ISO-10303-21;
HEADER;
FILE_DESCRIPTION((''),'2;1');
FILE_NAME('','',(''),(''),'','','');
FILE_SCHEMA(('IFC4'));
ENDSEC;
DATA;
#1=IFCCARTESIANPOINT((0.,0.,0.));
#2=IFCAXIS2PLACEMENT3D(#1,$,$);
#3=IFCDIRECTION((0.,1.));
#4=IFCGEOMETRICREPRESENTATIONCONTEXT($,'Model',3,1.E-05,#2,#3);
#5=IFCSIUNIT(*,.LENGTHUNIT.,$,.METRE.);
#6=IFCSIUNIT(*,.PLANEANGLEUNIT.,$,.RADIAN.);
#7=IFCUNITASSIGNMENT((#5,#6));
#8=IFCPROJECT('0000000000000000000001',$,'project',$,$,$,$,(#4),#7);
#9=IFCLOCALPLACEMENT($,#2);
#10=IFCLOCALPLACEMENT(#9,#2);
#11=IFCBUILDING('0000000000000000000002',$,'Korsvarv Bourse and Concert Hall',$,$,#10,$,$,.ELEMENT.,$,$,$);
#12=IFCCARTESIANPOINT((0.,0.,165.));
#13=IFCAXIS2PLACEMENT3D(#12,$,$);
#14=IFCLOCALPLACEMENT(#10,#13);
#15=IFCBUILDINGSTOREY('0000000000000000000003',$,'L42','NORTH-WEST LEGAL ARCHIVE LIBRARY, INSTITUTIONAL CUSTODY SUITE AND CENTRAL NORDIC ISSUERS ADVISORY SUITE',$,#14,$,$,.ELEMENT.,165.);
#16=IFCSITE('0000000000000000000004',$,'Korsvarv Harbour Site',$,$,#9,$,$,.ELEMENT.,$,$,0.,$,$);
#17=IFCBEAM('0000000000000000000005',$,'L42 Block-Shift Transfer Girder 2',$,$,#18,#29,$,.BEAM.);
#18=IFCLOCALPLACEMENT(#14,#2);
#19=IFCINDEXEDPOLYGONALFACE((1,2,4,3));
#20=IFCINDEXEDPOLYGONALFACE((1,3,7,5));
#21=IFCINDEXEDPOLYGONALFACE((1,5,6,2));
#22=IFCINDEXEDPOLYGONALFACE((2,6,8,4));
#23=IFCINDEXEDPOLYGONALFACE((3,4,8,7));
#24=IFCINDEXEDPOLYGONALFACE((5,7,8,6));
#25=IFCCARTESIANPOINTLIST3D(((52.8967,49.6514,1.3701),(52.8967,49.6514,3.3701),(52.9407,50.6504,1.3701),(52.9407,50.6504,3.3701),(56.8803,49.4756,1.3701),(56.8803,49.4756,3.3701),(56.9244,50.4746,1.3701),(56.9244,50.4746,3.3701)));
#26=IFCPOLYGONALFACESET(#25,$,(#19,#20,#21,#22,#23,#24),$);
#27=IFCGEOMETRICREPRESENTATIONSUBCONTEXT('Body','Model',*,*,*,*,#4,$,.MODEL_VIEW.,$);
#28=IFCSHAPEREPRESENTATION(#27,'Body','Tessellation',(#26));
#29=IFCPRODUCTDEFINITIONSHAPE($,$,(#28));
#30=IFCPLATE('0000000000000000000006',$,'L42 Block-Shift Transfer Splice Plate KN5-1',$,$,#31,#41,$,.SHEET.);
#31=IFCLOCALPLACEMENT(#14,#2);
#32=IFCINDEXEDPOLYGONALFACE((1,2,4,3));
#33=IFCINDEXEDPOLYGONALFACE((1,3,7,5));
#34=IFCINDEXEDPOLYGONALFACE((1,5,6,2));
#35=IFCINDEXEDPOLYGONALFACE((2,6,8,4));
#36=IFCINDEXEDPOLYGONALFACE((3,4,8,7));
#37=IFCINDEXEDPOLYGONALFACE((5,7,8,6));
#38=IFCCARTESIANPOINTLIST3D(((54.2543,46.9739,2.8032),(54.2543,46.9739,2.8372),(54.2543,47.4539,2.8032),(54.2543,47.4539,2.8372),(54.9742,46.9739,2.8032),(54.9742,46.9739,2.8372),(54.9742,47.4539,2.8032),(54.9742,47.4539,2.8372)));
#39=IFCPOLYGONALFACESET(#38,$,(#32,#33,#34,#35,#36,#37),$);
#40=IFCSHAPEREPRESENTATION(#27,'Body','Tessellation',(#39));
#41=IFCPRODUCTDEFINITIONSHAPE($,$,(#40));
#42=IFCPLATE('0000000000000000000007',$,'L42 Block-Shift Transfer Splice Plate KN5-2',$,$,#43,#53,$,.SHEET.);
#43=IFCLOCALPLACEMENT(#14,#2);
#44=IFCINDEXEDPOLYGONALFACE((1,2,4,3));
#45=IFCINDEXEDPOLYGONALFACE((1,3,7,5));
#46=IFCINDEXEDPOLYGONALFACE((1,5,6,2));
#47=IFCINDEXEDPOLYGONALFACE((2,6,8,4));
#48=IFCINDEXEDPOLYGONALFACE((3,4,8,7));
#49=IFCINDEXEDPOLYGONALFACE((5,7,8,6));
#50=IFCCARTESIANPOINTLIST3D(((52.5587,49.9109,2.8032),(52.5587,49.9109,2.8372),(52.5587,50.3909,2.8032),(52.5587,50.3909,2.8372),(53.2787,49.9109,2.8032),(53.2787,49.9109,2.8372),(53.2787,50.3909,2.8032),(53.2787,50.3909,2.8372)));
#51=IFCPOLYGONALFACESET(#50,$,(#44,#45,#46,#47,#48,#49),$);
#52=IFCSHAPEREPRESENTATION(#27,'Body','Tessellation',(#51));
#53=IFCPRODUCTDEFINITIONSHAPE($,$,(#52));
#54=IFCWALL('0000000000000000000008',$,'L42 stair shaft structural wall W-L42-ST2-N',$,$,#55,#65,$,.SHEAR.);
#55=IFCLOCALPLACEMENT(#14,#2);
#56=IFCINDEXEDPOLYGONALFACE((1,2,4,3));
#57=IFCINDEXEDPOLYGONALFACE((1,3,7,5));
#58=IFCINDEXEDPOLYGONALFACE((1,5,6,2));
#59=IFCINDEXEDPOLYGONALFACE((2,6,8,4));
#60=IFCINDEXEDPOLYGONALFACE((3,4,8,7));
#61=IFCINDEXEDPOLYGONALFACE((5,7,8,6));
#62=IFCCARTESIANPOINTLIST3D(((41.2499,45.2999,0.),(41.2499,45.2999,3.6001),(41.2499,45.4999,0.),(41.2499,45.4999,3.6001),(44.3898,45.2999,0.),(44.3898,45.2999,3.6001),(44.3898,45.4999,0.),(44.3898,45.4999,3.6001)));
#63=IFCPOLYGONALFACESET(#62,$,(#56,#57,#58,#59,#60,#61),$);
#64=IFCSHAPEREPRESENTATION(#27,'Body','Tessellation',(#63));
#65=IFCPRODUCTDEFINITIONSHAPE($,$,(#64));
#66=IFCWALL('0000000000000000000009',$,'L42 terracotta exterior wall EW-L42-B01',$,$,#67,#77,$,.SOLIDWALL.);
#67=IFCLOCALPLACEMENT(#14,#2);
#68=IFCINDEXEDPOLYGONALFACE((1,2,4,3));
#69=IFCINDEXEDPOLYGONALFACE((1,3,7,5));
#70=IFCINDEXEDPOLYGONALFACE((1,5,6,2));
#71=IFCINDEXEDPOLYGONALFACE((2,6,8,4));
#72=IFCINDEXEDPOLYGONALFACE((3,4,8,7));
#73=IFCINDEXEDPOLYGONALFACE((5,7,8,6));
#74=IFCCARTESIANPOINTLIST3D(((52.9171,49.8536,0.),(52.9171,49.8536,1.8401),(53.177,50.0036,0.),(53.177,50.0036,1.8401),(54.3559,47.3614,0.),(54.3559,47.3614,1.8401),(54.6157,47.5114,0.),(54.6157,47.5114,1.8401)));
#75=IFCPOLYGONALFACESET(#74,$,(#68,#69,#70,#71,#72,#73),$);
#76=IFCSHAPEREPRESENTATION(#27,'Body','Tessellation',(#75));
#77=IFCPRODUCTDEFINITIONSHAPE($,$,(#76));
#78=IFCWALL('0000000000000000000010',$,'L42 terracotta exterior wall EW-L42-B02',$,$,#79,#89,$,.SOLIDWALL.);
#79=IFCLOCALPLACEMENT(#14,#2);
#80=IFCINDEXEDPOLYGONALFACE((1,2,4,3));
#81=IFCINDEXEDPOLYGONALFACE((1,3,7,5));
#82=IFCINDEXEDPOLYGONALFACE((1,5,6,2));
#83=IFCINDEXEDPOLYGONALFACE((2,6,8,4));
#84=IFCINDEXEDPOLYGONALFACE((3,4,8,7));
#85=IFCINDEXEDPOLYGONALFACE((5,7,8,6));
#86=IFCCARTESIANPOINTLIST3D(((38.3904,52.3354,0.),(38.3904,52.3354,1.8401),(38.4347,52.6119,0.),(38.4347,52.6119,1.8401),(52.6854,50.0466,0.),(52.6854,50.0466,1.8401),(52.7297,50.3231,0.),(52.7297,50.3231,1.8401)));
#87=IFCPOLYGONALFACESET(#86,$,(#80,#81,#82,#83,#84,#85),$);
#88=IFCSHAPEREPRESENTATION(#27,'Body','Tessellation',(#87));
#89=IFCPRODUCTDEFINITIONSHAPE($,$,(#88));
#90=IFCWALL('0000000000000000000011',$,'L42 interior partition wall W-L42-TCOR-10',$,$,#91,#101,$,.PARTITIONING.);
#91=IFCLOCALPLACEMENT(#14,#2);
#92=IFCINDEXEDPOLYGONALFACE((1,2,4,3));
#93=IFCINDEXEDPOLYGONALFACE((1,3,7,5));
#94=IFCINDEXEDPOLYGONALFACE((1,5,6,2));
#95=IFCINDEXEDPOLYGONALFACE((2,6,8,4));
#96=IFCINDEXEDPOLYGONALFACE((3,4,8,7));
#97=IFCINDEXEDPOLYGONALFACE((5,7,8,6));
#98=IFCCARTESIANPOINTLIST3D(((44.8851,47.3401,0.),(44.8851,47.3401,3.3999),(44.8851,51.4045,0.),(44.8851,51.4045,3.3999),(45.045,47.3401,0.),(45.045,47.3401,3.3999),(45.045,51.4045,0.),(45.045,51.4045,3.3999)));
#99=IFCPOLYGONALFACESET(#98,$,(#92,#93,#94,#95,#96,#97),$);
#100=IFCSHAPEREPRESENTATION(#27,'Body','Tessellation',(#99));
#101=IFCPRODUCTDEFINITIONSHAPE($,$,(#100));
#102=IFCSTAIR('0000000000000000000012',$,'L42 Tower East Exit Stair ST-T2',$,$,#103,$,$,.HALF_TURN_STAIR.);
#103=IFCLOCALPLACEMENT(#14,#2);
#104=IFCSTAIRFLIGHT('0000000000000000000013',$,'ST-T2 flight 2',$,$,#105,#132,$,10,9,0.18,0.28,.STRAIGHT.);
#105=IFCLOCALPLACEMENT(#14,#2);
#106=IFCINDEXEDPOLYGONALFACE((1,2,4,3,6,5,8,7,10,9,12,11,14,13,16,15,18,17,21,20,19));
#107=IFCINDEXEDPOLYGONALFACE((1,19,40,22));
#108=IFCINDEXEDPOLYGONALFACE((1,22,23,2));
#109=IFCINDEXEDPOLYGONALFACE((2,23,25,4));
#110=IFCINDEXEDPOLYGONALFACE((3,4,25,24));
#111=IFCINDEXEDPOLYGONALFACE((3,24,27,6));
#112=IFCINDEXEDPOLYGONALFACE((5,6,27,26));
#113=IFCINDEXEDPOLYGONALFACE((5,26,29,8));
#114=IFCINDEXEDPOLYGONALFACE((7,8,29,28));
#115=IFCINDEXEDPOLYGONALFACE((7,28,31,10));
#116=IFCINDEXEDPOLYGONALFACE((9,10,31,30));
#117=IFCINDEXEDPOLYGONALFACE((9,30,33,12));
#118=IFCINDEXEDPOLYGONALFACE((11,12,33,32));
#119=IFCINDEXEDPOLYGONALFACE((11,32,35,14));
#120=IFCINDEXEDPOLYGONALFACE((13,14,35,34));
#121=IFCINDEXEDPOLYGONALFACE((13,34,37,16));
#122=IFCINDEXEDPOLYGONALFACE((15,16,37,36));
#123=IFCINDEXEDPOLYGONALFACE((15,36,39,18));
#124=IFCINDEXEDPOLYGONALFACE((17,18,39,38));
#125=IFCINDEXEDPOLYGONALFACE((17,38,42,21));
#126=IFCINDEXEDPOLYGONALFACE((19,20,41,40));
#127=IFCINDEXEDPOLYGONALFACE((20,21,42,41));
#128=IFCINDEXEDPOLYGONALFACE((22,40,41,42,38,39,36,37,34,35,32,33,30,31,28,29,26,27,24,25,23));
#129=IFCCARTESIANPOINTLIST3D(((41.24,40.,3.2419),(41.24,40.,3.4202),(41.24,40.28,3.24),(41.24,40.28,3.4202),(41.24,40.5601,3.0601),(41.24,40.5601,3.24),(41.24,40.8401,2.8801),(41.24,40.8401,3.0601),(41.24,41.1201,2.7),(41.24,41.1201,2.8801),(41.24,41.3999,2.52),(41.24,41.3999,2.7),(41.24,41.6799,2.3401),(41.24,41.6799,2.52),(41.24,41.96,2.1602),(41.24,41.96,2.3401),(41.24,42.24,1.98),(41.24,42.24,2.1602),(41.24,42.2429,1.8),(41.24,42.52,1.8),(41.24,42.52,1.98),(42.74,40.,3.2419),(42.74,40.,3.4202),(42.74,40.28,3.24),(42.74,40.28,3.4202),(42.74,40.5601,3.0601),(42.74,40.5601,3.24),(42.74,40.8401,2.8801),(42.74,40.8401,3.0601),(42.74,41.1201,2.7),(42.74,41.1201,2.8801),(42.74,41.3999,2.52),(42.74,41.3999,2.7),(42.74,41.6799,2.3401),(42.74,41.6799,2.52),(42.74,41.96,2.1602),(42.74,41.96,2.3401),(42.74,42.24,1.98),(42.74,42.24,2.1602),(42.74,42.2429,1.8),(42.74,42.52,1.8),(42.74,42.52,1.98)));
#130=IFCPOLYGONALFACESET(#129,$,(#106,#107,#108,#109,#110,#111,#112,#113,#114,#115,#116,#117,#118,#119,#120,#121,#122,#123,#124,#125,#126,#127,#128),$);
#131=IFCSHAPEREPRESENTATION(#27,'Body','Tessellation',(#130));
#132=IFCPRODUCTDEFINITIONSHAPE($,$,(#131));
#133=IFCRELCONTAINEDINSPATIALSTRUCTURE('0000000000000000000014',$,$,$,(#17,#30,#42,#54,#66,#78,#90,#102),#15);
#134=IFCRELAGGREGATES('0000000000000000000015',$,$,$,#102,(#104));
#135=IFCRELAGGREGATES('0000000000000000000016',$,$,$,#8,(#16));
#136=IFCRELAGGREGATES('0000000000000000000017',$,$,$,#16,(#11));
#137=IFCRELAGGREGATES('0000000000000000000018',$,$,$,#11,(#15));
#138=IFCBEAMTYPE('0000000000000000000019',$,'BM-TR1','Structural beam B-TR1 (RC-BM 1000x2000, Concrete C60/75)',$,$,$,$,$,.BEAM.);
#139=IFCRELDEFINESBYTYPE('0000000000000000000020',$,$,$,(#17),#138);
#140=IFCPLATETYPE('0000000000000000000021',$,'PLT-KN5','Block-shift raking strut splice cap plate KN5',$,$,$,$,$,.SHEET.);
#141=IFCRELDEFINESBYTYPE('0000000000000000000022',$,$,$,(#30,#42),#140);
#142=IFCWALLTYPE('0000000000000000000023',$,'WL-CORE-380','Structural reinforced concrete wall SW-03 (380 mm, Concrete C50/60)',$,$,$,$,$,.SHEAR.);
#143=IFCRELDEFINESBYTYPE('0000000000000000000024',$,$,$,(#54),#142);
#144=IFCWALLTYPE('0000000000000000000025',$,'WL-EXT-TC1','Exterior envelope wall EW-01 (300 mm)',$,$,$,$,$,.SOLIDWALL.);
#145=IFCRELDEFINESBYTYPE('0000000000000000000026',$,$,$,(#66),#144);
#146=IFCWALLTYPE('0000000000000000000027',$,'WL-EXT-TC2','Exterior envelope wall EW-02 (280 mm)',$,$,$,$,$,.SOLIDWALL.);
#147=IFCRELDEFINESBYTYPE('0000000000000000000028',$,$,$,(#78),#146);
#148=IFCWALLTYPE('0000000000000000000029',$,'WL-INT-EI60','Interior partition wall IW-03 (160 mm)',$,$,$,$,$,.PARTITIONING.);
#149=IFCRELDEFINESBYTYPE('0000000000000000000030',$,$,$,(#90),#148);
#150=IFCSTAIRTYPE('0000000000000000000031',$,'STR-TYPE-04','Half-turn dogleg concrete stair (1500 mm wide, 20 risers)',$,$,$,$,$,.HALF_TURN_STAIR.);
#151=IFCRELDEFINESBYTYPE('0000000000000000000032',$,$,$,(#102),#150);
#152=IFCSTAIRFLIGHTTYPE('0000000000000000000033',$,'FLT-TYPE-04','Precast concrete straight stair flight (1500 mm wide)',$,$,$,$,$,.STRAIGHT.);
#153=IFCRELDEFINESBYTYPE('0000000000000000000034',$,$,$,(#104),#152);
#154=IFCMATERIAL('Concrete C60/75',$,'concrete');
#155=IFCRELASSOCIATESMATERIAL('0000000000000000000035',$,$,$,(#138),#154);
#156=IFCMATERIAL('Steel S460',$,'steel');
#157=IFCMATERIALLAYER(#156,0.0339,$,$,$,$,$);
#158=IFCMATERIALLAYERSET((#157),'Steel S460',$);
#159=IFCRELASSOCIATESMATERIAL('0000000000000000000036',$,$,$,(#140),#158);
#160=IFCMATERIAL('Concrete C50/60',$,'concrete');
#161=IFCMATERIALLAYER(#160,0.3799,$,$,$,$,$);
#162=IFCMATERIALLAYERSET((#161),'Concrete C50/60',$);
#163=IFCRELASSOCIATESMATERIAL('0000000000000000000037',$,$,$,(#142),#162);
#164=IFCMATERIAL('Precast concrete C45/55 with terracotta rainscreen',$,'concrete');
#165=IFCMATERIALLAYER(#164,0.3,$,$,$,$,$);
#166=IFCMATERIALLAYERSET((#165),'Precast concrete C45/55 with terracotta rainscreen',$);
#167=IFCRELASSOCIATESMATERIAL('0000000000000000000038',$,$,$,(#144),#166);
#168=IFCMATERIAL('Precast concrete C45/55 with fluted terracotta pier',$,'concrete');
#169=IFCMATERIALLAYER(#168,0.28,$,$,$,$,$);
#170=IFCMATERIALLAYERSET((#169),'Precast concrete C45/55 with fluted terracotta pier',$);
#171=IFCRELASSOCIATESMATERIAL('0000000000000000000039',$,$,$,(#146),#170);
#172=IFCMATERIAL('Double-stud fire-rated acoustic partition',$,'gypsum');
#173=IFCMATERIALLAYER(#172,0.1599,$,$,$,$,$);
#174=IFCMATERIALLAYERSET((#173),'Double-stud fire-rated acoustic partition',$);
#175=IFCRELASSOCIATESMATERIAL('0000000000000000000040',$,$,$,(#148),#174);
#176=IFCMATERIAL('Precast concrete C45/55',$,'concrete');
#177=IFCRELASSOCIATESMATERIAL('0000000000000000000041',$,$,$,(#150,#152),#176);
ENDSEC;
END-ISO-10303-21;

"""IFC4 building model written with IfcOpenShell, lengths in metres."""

from ifc_helpers import new_model, si_unit, direction, frame, frame_2d, origin, origin_2d, place, context, subcontext, project, spatial, polyline, rectangle, outline, extrude, source, transform, mapped, material, layer, layer_set, material_profile, profile_set, type_object, element, aggregate, save


model = new_model("IFC4")

# Units and contexts
model_context = context("Model", 3, precision=1e-05, world=origin(), true_north=direction((0.0, 1.0)))
body_context = subcontext(model_context, "Body", "Model", "MODEL_VIEW")
ifc_project = project(units=[si_unit("LENGTHUNIT", "METRE"), si_unit("PLANEANGLEUNIT", "RADIAN")], contexts=[model_context])

# Site, building, storey
site_placement = place(None, origin())
site = spatial("IfcSite", under=ifc_project, at=site_placement, Name="Korsvarv Harbour Site", CompositionType="ELEMENT", RefElevation=0.0)
building_placement = place(site_placement, origin())
building = spatial("IfcBuilding", under=site, at=building_placement, Name="Korsvarv Bourse and Concert Hall", CompositionType="ELEMENT")
storey_placement = place(building_placement, frame((0.0, 0.0, 165.0)))
storey = spatial("IfcBuildingStorey", under=building, at=storey_placement, Name="L42", Description="NORTH-WEST LEGAL ARCHIVE LIBRARY, INSTITUTIONAL CUSTODY SUITE AND CENTRAL NORDIC ISSUERS ADVISORY SUITE", CompositionType="ELEMENT", Elevation=165.0)

# Shared definitions
ifc_material_1 = material(Name="Concrete C60/75", Category="concrete")

# Beam
ifc_material_2 = material(Name="Concrete C50/60", Category="concrete")
ifc_material_profile_1 = material_profile(ifc_material_1, rectangle(XDim=1.0, YDim=2.0, at=origin_2d()), Name="RC-BM 1000x2000")
ifc_profile_set_1 = profile_set([ifc_material_profile_1], Name="Concrete C60/75")
beam_type_1 = type_object("IfcBeamType", Name="BM-TR1", Description="Structural beam B-TR1 (RC-BM 1000x2000, Concrete C60/75)", PredefinedType="BEAM", material=ifc_profile_set_1)
shared_shape_1 = source(origin(), body_context, "Body", "SweptSolid", [
    extrude(rectangle(XDim=1.0, YDim=2.0, at=origin_2d()), origin(), (0.0, 0.0, 1.0), 3.9875),
])
beam_1_placement = place(storey_placement, frame((52.9187, 50.1509, 2.3701), z_axis=(0.999028, -0.044083, 0.0), x_axis=(0.044083, 0.999028, 0.0)))
element("IfcBeam", 1, at=beam_1_placement, inside=storey, type_object=beam_type_1, Name="L42 Block-Shift Transfer Girder 2", PredefinedType="BEAM", context=body_context, shape_type="MappedRepresentation", body=[
    mapped(shared_shape_1, transform((0.0, 0.0, 0.0), scale=1.0)),
])

# Plates
ifc_material_3 = material(Name="Steel S460", Category="steel")
ifc_layer_1 = layer(ifc_material_3, 0.0339)
ifc_layer_set_1 = layer_set([ifc_layer_1], Name="Steel S460")
plate_type = type_object("IfcPlateType", Name="PLT-KN5", Description="Block-shift raking strut splice cap plate KN5", PredefinedType="SHEET", material=ifc_layer_set_1)
shared_shape_2 = source(origin(), body_context, "Body", "SweptSolid", [
    extrude(rectangle(XDim=0.72, YDim=0.48, at=origin_2d()), origin(), (0.0, 0.0, 1.0), 0.0339),
])
for number, where, z_axis, x_axis, name in (
    (2, (54.6143, 47.2139, 2.8032), (0.0, 0.0, 1.0), (1.0, 0.0, 0.0), "L42 Block-Shift Transfer Splice Plate KN5-1"),
    (3, (52.9187, 50.1509, 2.8032), (0.0, 0.0, 1.0), (1.0, 0.0, 0.0), "L42 Block-Shift Transfer Splice Plate KN5-2"),
):
    element("IfcPlate", number, at=place(storey_placement, frame(where, z_axis=z_axis, x_axis=x_axis)), inside=storey, type_object=plate_type, Name=name, PredefinedType="SHEET", context=body_context, shape_type="MappedRepresentation", body=[
        mapped(shared_shape_2, transform((0.0, 0.0, 0.0), scale=1.0)),
    ])

# Walls
ifc_layer_2 = layer(ifc_material_2, 0.3799)
ifc_layer_set_2 = layer_set([ifc_layer_2], Name="Concrete C50/60")
wall_type_1 = type_object("IfcWallType", Name="WL-CORE-380", Description="Structural reinforced concrete wall SW-03 (380 mm, Concrete C50/60)", PredefinedType="SHEAR", material=ifc_layer_set_2)
wall_1_placement = place(storey_placement, frame((41.25, 45.3999, 0.0), z_axis=(0.0, 0.0, 1.0), x_axis=(1.0, 0.0, 0.0)))
element("IfcWall", 4, at=wall_1_placement, inside=storey, type_object=wall_type_1, Name="L42 stair shaft structural wall W-L42-ST2-N", PredefinedType="SHEAR", context=body_context, shape_type="SweptSolid", body=[
    extrude(rectangle(XDim=3.1399, YDim=0.2, at=frame_2d((1.5698, 0.0))), origin(), (0.0, 0.0, 1.0), 3.6001),
])
ifc_material_4 = material(Name="Precast concrete C45/55 with terracotta rainscreen", Category="concrete")
ifc_layer_3 = layer(ifc_material_4, 0.3)
ifc_layer_set_3 = layer_set([ifc_layer_3], Name="Precast concrete C45/55 with terracotta rainscreen")
wall_type_2 = type_object("IfcWallType", Name="WL-EXT-TC1", Description="Exterior envelope wall EW-01 (300 mm)", PredefinedType="SOLIDWALL", material=ifc_layer_set_3)
wall_2_placement = place(storey_placement, frame((54.4858, 47.4363, 0.0), z_axis=(0.0, 0.0, 1.0), x_axis=(-0.499962, 0.866047, 0.0)))
element("IfcWall", 5, at=wall_2_placement, inside=storey, type_object=wall_type_2, Name="L42 terracotta exterior wall EW-L42-B01", PredefinedType="SOLIDWALL", context=body_context, shape_type="SweptSolid", body=[
    extrude(rectangle(XDim=2.8777, YDim=0.3, at=frame_2d((1.439, 0.0))), origin(), (0.0, 0.0, 1.0), 1.8401),
])
ifc_material_5 = material(Name="Precast concrete C45/55 with fluted terracotta pier", Category="concrete")
ifc_layer_4 = layer(ifc_material_5, 0.28)
ifc_layer_set_4 = layer_set([ifc_layer_4], Name="Precast concrete C45/55 with fluted terracotta pier")
wall_type_3 = type_object("IfcWallType", Name="WL-EXT-TC2", Description="Exterior envelope wall EW-02 (280 mm)", PredefinedType="SOLIDWALL", material=ifc_layer_set_4)
wall_3_placement = place(storey_placement, frame((52.7075, 50.1848, 0.0), z_axis=(0.0, 0.0, 1.0), x_axis=(-0.987423, 0.1581, 0.0)))
element("IfcWall", 6, at=wall_3_placement, inside=storey, type_object=wall_type_3, Name="L42 terracotta exterior wall EW-L42-B02", PredefinedType="SOLIDWALL", context=body_context, shape_type="SweptSolid", body=[
    extrude(rectangle(XDim=14.4771, YDim=0.28, at=frame_2d((7.2385, 0.0))), origin(), (0.0, 0.0, 1.0), 1.8401),
])
ifc_material_6 = material(Name="Double-stud fire-rated acoustic partition", Category="gypsum")
ifc_layer_5 = layer(ifc_material_6, 0.1599)
ifc_layer_set_5 = layer_set([ifc_layer_5], Name="Double-stud fire-rated acoustic partition")
wall_type_4 = type_object("IfcWallType", Name="WL-INT-EI60", Description="Interior partition wall IW-03 (160 mm)", PredefinedType="PARTITIONING", material=ifc_layer_set_5)
wall_4_placement = place(storey_placement, frame((44.9651, 47.3401, 0.0), z_axis=(0.0, 0.0, 1.0), x_axis=(0.0, 1.0, 0.0)))
element("IfcWall", 7, at=wall_4_placement, inside=storey, type_object=wall_type_4, Name="L42 interior partition wall W-L42-TCOR-10", PredefinedType="PARTITIONING", context=body_context, shape_type="SweptSolid", body=[
    extrude(rectangle(XDim=4.0645, YDim=0.1599, at=frame_2d((2.0322, 0.0))), origin(), (0.0, 0.0, 1.0), 3.3999),
])

# Stair, stair flight
ifc_material_7 = material(Name="Precast concrete C45/55", Category="concrete")
stair_type = type_object("IfcStairType", Name="STR-TYPE-04", Description="Half-turn dogleg concrete stair (1500 mm wide, 20 risers)", PredefinedType="HALF_TURN_STAIR", material=ifc_material_7)
stair_placement = place(storey_placement, origin())
stair = element("IfcStair", 8, at=stair_placement, inside=storey, type_object=stair_type, Name="L42 Tower East Exit Stair ST-T2", PredefinedType="HALF_TURN_STAIR")
stair_flight_type = type_object("IfcStairFlightType", Name="FLT-TYPE-04", Description="Precast concrete straight stair flight (1500 mm wide)", PredefinedType="STRAIGHT", material=ifc_material_7)
stair_flight_placement = place(storey_placement, frame((41.99, 42.52, 1.8), z_axis=(0.0, 0.0, 1.0), x_axis=(0.0, -1.0, 0.0)))
stair_flight = element("IfcStairFlight", 9, at=stair_flight_placement, type_object=stair_flight_type, Name="ST-T2 flight 2", NumberOfRisers=10, NumberOfTreads=9, PredefinedType="STRAIGHT", RiserHeight=0.18, TreadLength=0.28, context=body_context, shape_type="SweptSolid", body=[
    extrude(outline(polyline([(0.0, 0.0), (0.0, 0.1799), (0.28, 0.1799), (0.28, 0.3601), (0.5601, 0.3601), (0.5601, 0.54), (0.8401, 0.54), (0.8401, 0.72), (1.1201, 0.72), (1.1201, 0.8999), (1.3999, 0.8999), (1.3999, 1.0801), (1.6799, 1.0801), (1.6799, 1.26), (1.96, 1.26), (1.96, 1.4399), (2.24, 1.4399), (2.24, 1.6201), (2.52, 1.6201), (2.52, 1.8), (2.52, 1.4419), (0.2771, 0.0), (0.0, 0.0)])), frame((0.0, 0.75, 0.0), z_axis=(0.0, -1.0, 0.0), x_axis=(1.0, 0.0, 0.0)), (0.0, 0.0, 1.0), 1.5),
])
aggregate(stair, [stair_flight])

save(model, "model.ifc")
